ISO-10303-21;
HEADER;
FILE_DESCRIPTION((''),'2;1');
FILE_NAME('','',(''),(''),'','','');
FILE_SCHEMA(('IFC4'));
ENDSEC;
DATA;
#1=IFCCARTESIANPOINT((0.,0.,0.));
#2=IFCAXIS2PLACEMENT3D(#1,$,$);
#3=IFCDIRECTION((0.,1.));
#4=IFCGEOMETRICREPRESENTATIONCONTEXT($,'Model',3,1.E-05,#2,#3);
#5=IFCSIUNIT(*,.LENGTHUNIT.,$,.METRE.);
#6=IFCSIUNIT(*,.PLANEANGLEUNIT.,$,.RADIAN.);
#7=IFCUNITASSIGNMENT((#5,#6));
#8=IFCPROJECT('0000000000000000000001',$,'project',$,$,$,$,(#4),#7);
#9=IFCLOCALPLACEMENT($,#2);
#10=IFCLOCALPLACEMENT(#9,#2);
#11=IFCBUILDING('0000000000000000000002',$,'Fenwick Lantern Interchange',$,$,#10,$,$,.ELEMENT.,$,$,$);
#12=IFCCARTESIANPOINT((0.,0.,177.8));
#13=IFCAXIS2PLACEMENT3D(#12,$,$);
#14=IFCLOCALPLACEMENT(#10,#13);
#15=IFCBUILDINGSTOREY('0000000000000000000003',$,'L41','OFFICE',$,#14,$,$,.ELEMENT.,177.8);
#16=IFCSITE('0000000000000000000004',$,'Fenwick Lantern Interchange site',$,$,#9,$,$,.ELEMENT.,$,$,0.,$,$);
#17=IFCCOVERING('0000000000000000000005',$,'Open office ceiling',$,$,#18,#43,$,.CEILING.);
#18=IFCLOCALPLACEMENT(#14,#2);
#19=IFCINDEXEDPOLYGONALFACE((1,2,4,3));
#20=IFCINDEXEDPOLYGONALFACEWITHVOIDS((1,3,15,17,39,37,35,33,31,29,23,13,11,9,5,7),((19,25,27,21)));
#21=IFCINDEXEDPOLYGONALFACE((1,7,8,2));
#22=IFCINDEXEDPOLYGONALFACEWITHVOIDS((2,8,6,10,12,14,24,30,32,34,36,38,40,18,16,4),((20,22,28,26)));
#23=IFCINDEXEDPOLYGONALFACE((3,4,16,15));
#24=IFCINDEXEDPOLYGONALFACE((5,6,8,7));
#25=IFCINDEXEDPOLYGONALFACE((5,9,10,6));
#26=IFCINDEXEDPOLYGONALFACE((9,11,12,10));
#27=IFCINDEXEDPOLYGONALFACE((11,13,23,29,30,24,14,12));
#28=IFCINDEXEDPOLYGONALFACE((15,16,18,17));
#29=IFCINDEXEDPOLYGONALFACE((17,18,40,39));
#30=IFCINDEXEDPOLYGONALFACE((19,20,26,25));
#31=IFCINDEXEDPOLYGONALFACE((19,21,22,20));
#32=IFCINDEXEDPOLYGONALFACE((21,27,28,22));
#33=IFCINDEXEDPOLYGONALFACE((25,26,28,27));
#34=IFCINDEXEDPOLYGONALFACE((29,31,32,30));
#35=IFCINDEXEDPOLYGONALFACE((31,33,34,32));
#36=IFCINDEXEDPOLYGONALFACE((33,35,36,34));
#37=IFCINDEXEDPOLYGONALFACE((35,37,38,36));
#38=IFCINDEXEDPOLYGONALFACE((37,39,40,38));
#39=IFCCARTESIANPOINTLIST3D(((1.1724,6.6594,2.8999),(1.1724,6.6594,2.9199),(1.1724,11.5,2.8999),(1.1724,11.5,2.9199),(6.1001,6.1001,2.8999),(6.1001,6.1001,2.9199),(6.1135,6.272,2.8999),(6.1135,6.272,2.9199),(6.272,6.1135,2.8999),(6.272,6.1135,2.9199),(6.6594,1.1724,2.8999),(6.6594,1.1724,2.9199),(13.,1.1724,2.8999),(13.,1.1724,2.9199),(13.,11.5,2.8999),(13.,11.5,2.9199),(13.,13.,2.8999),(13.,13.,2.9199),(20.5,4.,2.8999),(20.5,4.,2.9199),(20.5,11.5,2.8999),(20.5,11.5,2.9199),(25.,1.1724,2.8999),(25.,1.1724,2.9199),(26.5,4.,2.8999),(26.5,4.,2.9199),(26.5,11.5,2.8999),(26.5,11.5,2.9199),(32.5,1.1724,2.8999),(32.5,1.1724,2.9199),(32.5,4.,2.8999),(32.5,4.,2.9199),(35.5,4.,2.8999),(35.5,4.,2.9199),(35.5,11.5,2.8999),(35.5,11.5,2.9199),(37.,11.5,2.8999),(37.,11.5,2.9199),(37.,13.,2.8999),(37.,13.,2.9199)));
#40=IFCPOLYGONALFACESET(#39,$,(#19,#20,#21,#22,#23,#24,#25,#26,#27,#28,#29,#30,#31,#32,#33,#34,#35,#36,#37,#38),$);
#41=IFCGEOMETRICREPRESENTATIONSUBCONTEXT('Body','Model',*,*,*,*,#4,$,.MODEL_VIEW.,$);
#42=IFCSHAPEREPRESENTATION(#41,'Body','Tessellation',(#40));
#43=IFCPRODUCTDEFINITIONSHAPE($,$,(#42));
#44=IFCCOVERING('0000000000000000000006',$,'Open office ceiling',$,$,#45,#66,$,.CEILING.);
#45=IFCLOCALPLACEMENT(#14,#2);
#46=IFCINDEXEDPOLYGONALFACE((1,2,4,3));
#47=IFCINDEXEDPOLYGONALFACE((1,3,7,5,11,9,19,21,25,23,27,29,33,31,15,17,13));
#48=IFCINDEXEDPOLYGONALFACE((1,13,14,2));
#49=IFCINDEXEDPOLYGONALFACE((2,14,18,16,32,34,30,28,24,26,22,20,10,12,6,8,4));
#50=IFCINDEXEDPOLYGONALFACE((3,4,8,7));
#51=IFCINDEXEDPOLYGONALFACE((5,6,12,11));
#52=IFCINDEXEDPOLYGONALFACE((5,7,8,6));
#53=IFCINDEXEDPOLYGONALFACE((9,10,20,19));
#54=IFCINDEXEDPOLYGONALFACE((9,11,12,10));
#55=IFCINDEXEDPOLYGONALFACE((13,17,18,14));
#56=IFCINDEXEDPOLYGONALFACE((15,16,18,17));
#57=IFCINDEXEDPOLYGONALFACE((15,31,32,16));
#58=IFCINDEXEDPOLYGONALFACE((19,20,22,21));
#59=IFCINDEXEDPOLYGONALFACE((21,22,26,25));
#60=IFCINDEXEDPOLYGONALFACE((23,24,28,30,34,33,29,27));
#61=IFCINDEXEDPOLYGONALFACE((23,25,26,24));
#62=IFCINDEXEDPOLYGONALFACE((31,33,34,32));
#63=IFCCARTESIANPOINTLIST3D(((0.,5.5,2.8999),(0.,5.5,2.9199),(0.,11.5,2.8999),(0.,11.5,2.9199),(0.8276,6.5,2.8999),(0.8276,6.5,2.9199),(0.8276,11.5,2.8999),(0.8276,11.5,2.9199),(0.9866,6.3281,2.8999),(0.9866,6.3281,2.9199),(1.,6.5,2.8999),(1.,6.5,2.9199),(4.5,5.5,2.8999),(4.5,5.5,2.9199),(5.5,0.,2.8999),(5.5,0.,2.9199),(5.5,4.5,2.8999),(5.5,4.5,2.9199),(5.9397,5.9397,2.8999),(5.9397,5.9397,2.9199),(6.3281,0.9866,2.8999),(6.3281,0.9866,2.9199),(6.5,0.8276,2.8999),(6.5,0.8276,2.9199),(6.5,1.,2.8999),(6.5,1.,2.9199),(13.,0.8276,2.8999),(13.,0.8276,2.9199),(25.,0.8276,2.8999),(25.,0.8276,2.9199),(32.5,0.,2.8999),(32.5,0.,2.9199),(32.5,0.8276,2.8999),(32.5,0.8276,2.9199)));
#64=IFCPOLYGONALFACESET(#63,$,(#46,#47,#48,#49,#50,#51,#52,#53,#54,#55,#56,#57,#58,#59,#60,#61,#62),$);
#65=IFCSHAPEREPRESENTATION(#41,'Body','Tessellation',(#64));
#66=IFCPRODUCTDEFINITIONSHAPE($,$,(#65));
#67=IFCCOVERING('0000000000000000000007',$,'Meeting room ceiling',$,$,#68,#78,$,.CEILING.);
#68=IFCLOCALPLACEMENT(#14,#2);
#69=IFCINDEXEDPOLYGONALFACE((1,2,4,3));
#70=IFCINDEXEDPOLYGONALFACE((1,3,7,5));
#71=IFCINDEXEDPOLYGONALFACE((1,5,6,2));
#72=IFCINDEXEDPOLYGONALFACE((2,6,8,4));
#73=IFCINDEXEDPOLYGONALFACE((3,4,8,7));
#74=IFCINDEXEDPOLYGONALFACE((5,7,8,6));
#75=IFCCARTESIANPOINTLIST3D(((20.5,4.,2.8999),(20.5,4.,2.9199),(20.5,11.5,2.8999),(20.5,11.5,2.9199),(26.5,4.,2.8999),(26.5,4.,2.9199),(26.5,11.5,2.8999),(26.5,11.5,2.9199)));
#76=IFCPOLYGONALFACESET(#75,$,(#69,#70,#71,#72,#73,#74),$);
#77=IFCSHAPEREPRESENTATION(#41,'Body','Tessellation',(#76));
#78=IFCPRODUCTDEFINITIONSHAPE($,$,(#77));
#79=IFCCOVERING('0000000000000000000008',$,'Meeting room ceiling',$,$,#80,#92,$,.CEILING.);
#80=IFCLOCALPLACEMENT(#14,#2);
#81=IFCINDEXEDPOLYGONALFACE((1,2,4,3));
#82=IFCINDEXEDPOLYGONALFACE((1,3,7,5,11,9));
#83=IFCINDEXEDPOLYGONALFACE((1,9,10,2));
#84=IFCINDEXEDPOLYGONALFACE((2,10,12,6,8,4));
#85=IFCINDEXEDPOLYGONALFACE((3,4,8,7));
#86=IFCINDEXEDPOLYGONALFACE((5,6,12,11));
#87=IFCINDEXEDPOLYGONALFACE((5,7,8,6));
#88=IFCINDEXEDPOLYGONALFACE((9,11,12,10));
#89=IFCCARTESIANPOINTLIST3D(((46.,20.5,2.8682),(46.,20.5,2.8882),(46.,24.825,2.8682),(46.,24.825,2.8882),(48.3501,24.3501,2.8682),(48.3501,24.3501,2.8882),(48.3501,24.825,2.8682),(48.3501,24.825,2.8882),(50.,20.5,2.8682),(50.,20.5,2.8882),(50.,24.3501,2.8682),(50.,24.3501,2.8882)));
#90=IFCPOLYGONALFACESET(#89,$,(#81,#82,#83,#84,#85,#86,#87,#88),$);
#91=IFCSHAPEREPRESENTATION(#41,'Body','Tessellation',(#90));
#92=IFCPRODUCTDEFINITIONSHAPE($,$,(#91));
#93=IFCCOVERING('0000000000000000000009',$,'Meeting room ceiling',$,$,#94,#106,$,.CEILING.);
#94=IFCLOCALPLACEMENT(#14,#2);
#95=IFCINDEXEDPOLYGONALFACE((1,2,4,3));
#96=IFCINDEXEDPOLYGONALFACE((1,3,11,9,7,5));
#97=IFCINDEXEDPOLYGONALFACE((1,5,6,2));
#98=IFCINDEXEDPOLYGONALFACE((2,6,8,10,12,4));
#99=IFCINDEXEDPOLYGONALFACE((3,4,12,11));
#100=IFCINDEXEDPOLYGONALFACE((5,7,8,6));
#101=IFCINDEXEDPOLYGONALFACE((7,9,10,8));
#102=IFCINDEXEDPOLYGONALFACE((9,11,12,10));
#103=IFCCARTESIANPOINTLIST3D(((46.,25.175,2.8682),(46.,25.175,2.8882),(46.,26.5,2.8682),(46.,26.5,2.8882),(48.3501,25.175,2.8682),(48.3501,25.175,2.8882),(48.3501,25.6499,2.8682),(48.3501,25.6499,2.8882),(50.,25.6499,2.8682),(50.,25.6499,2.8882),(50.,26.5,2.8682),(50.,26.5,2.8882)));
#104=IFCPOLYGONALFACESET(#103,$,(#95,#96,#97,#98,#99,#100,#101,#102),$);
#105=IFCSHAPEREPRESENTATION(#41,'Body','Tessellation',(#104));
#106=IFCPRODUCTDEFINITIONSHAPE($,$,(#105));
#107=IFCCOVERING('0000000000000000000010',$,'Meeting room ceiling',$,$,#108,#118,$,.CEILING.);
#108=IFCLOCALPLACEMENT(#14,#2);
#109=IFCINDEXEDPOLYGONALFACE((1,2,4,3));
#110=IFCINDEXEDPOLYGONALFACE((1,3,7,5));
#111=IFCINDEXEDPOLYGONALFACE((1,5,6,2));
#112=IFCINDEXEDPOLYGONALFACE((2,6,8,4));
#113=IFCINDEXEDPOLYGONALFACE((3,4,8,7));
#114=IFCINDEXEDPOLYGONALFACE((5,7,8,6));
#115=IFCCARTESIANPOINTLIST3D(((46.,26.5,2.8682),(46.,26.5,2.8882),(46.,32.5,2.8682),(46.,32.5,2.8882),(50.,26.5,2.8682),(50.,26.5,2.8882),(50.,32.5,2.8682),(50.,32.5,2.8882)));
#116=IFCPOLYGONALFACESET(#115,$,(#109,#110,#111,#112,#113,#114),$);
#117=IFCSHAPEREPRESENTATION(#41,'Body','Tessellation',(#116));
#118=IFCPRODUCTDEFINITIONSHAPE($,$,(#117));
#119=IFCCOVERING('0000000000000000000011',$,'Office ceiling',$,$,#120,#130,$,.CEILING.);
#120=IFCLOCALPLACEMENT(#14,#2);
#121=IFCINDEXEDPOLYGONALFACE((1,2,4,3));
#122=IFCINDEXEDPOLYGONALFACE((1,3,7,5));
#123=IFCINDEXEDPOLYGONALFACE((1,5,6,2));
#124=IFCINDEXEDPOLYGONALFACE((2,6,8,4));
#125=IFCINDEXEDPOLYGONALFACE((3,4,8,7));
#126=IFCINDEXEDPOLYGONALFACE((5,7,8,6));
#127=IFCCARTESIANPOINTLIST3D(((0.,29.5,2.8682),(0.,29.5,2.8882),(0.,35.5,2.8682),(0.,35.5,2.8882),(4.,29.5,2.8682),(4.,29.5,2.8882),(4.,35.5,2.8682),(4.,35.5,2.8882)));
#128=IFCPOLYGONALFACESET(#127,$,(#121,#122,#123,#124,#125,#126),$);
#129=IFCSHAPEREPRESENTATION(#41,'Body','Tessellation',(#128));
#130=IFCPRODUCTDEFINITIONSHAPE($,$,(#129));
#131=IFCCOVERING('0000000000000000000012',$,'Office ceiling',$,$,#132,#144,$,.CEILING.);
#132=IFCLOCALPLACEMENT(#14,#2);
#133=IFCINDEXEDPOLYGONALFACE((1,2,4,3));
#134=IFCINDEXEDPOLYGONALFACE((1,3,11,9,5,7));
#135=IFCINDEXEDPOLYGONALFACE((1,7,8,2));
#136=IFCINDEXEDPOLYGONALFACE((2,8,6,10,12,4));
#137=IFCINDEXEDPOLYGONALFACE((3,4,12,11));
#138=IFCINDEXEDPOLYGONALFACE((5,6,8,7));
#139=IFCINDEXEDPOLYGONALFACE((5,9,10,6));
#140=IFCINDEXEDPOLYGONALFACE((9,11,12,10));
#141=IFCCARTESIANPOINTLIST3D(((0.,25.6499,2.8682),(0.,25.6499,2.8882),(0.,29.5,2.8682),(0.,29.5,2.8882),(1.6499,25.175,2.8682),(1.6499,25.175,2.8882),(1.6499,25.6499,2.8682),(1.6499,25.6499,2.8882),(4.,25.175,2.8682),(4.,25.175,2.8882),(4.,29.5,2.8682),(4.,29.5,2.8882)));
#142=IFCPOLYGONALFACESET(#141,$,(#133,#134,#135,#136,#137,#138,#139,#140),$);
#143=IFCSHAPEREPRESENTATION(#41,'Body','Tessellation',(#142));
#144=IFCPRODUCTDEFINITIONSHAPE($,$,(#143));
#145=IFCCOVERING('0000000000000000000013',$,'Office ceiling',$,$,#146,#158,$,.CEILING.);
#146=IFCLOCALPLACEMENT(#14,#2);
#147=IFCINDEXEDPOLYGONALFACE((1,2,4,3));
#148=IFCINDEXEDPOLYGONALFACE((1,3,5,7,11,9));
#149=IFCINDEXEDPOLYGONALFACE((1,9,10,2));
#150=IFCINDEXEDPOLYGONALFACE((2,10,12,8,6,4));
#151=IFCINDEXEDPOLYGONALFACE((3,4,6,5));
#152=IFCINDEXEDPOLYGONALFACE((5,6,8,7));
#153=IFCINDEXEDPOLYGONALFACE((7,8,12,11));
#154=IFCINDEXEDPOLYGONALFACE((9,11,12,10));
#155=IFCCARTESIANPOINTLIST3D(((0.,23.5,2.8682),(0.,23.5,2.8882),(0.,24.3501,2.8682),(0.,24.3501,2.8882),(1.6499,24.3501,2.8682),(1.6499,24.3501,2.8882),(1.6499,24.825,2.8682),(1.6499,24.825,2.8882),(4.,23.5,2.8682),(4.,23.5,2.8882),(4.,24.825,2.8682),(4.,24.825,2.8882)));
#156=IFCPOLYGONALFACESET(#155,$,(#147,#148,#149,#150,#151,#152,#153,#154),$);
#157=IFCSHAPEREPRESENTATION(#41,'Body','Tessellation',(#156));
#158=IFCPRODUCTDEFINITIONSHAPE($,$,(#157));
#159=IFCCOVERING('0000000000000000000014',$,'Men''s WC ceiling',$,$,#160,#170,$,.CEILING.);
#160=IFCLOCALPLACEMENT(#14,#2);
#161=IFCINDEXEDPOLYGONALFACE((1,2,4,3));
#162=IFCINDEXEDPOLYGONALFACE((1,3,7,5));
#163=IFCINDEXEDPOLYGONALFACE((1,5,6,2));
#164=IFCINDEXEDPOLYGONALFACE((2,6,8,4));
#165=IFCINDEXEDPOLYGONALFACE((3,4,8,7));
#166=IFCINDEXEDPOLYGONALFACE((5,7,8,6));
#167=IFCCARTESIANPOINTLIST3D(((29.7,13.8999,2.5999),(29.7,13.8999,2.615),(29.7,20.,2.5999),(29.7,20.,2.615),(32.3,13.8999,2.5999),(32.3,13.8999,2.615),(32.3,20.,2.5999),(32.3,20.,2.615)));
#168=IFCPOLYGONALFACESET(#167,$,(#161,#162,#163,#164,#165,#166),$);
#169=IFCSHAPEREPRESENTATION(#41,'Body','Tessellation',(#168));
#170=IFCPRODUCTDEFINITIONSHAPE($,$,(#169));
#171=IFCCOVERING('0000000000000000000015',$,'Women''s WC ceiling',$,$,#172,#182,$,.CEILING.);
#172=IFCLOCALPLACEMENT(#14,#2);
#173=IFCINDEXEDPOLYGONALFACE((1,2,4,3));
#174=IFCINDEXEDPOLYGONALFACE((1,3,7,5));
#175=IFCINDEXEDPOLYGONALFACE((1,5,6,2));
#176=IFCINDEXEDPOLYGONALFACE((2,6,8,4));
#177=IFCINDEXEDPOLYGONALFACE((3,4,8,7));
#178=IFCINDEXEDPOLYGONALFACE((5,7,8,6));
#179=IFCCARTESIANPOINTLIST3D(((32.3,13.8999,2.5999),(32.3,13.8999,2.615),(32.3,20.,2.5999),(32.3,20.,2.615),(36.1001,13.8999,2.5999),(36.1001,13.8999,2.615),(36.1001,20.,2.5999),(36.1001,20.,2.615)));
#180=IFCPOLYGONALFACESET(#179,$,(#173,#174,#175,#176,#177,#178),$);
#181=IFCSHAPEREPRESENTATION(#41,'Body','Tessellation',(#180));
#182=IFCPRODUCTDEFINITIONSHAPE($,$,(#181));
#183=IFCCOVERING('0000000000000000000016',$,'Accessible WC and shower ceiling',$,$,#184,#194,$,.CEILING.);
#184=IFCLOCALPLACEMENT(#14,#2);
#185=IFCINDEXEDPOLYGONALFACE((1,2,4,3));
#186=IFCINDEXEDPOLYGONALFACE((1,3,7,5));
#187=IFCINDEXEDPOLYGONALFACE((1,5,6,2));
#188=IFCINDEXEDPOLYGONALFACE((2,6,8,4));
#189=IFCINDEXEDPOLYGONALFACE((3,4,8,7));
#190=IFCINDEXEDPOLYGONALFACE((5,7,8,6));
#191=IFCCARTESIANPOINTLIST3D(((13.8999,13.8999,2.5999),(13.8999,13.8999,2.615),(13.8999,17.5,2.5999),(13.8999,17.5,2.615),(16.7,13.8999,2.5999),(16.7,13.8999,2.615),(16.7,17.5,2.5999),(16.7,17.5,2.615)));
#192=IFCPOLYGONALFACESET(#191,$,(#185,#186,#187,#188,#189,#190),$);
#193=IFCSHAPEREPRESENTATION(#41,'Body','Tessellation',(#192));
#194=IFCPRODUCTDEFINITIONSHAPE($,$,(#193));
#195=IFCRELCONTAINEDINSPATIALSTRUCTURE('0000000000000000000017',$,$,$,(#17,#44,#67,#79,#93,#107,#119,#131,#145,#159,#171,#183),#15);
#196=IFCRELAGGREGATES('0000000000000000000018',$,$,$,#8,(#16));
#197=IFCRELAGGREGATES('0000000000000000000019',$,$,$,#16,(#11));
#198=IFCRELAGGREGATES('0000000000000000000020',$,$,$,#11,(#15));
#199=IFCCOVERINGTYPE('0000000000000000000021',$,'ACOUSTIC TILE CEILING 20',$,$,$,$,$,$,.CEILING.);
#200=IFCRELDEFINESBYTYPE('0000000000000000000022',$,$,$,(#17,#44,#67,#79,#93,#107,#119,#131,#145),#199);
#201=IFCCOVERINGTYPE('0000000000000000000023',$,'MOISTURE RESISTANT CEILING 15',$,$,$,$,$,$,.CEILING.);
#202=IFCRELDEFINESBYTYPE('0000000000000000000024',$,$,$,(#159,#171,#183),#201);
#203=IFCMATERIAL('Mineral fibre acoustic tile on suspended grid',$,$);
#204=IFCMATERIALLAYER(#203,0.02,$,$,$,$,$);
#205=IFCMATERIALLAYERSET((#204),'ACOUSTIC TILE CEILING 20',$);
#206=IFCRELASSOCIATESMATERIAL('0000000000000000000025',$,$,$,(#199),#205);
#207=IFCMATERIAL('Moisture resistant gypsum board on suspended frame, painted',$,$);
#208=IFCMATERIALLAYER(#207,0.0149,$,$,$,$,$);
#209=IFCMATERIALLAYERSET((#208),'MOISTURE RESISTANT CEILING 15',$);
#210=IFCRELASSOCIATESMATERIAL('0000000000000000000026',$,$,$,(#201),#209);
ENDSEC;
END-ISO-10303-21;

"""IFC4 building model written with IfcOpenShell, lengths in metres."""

from ifc_helpers import new_model, si_unit, direction, frame, origin, place, context, subcontext, project, spatial, polyline, outline, extrude, material, layer, layer_set, type_object, element, save


model = new_model("IFC4")

# Units and contexts
model_context = context("Model", 3, precision=1e-05, world=origin(), true_north=direction((0.0, 1.0)))
body_context = subcontext(model_context, "Body", "Model", "MODEL_VIEW")
ifc_project = project(units=[si_unit("LENGTHUNIT", "METRE"), si_unit("PLANEANGLEUNIT", "RADIAN")], contexts=[model_context])

# Site, building, storey
site_placement = place(None, origin())
site = spatial("IfcSite", under=ifc_project, at=site_placement, Name="Fenwick Lantern Interchange site", CompositionType="ELEMENT", RefElevation=0.0)
building_placement = place(site_placement, origin())
building = spatial("IfcBuilding", under=site, at=building_placement, Name="Fenwick Lantern Interchange", CompositionType="ELEMENT")
storey_placement = place(building_placement, frame((0.0, 0.0, 177.8)))
storey = spatial("IfcBuildingStorey", under=building, at=storey_placement, Name="L41", Description="OFFICE", CompositionType="ELEMENT", Elevation=177.8)

# Coverings
ifc_material_1 = material(Name="Mineral fibre acoustic tile on suspended grid")
ifc_layer_1 = layer(ifc_material_1, 0.02)
ifc_layer_set_1 = layer_set([ifc_layer_1], Name="ACOUSTIC TILE CEILING 20")
covering_type_1 = type_object("IfcCoveringType", Name="ACOUSTIC TILE CEILING 20", PredefinedType="CEILING", material=ifc_layer_set_1)
covering_1_placement = place(storey_placement, frame((0.0, 0.0, 2.8999)))
element("IfcCovering", 1, at=covering_1_placement, inside=storey, type_object=covering_type_1, Name="Open office ceiling", PredefinedType="CEILING", context=body_context, shape_type="SweptSolid", body=[
    extrude(outline(polyline([(32.5, 4.0), (35.5, 4.0), (35.5, 11.5), (37.0, 11.5), (37.0, 13.0), (13.0, 13.0), (13.0, 11.5), (1.1724, 11.5), (1.1724, 6.6594), (6.1135, 6.272), (6.1001, 6.1001), (6.272, 6.1135), (6.6594, 1.1724), (13.0, 1.1724), (25.0, 1.1724), (32.5, 1.1724), (32.5, 4.0)]), holes=[polyline([(20.5, 11.5), (26.5, 11.5), (26.5, 4.0), (20.5, 4.0), (20.5, 11.5)])]), origin(), (0.0, 0.0, 1.0), 0.02),
])
covering_2_placement = place(storey_placement, frame((0.0, 0.0, 2.8999)))
element("IfcCovering", 2, at=covering_2_placement, inside=storey, type_object=covering_type_1, Name="Open office ceiling", PredefinedType="CEILING", context=body_context, shape_type="SweptSolid", body=[
    extrude(outline(polyline([(32.5, 0.0), (32.5, 0.8276), (25.0, 0.8276), (13.0, 0.8276), (6.5, 0.8276), (6.5, 1.0), (6.3281, 0.9866), (5.9397, 5.9397), (0.9866, 6.3281), (1.0, 6.5), (0.8276, 6.5), (0.8276, 11.5), (0.0, 11.5), (0.0, 5.5), (4.5, 5.5), (5.5, 4.5), (5.5, 0.0), (32.5, 0.0)])), origin(), (0.0, 0.0, 1.0), 0.02),
])
covering_3_placement = place(storey_placement, frame((0.0, 0.0, 2.8999)))
element("IfcCovering", 3, at=covering_3_placement, inside=storey, type_object=covering_type_1, Name="Meeting room ceiling", PredefinedType="CEILING", context=body_context, shape_type="SweptSolid", body=[
    extrude(outline(polyline([(20.5, 4.0), (26.5, 4.0), (26.5, 11.5), (20.5, 11.5), (20.5, 4.0)])), origin(), (0.0, 0.0, 1.0), 0.02),
])
covering_4_placement = place(storey_placement, frame((0.0, 0.0, 2.8682)))
element("IfcCovering", 4, at=covering_4_placement, inside=storey, type_object=covering_type_1, Name="Meeting room ceiling", PredefinedType="CEILING", context=body_context, shape_type="SweptSolid", body=[
    extrude(outline(polyline([(46.0, 20.5), (50.0, 20.5), (50.0, 24.3501), (48.3501, 24.3501), (48.3501, 24.825), (46.0, 24.825), (46.0, 20.5)])), origin(), (0.0, 0.0, 1.0), 0.02),
])
covering_5_placement = place(storey_placement, frame((0.0, 0.0, 2.8682)))
element("IfcCovering", 5, at=covering_5_placement, inside=storey, type_object=covering_type_1, Name="Meeting room ceiling", PredefinedType="CEILING", context=body_context, shape_type="SweptSolid", body=[
    extrude(outline(polyline([(46.0, 26.5), (46.0, 25.175), (48.3501, 25.175), (48.3501, 25.6499), (50.0, 25.6499), (50.0, 26.5), (46.0, 26.5)])), origin(), (0.0, 0.0, 1.0), 0.02),
])
covering_6_placement = place(storey_placement, frame((0.0, 0.0, 2.8682)))
element("IfcCovering", 6, at=covering_6_placement, inside=storey, type_object=covering_type_1, Name="Meeting room ceiling", PredefinedType="CEILING", context=body_context, shape_type="SweptSolid", body=[
    extrude(outline(polyline([(50.0, 26.5), (50.0, 32.5), (46.0, 32.5), (46.0, 26.5), (50.0, 26.5)])), origin(), (0.0, 0.0, 1.0), 0.02),
])
covering_7_placement = place(storey_placement, frame((0.0, 0.0, 2.8682)))
element("IfcCovering", 7, at=covering_7_placement, inside=storey, type_object=covering_type_1, Name="Office ceiling", PredefinedType="CEILING", context=body_context, shape_type="SweptSolid", body=[
    extrude(outline(polyline([(0.0, 35.5), (0.0, 29.5), (4.0, 29.5), (4.0, 35.5), (0.0, 35.5)])), origin(), (0.0, 0.0, 1.0), 0.02),
])
covering_8_placement = place(storey_placement, frame((0.0, 0.0, 2.8682)))
element("IfcCovering", 8, at=covering_8_placement, inside=storey, type_object=covering_type_1, Name="Office ceiling", PredefinedType="CEILING", context=body_context, shape_type="SweptSolid", body=[
    extrude(outline(polyline([(4.0, 29.5), (0.0, 29.5), (0.0, 25.6499), (1.6499, 25.6499), (1.6499, 25.175), (4.0, 25.175), (4.0, 29.5)])), origin(), (0.0, 0.0, 1.0), 0.02),
])
covering_9_placement = place(storey_placement, frame((0.0, 0.0, 2.8682)))
element("IfcCovering", 9, at=covering_9_placement, inside=storey, type_object=covering_type_1, Name="Office ceiling", PredefinedType="CEILING", context=body_context, shape_type="SweptSolid", body=[
    extrude(outline(polyline([(4.0, 23.5), (4.0, 24.825), (1.6499, 24.825), (1.6499, 24.3501), (0.0, 24.3501), (0.0, 23.5), (4.0, 23.5)])), origin(), (0.0, 0.0, 1.0), 0.02),
])
ifc_material_2 = material(Name="Moisture resistant gypsum board on suspended frame, painted")
ifc_layer_2 = layer(ifc_material_2, 0.0149)
ifc_layer_set_2 = layer_set([ifc_layer_2], Name="MOISTURE RESISTANT CEILING 15")
covering_type_2 = type_object("IfcCoveringType", Name="MOISTURE RESISTANT CEILING 15", PredefinedType="CEILING", material=ifc_layer_set_2)
covering_10_placement = place(storey_placement, frame((0.0, 0.0, 2.5999)))
element("IfcCovering", 10, at=covering_10_placement, inside=storey, type_object=covering_type_2, Name="Men's WC ceiling", PredefinedType="CEILING", context=body_context, shape_type="SweptSolid", body=[
    extrude(outline(polyline([(29.7, 13.8999), (32.3, 13.8999), (32.3, 20.0), (29.7, 20.0), (29.7, 13.8999)])), origin(), (0.0, 0.0, 1.0), 0.0151),
])
covering_11_placement = place(storey_placement, frame((0.0, 0.0, 2.5999)))
element("IfcCovering", 11, at=covering_11_placement, inside=storey, type_object=covering_type_2, Name="Women's WC ceiling", PredefinedType="CEILING", context=body_context, shape_type="SweptSolid", body=[
    extrude(outline(polyline([(32.3, 13.8999), (36.1001, 13.8999), (36.1001, 20.0), (32.3, 20.0), (32.3, 13.8999)])), origin(), (0.0, 0.0, 1.0), 0.0151),
])
covering_12_placement = place(storey_placement, frame((0.0, 0.0, 2.5999)))
element("IfcCovering", 12, at=covering_12_placement, inside=storey, type_object=covering_type_2, Name="Accessible WC and shower ceiling", PredefinedType="CEILING", context=body_context, shape_type="SweptSolid", body=[
    extrude(outline(polyline([(13.8999, 13.8999), (16.7, 13.8999), (16.7, 17.5), (13.8999, 17.5), (13.8999, 13.8999)])), origin(), (0.0, 0.0, 1.0), 0.0151),
])

save(model, "model.ifc")
